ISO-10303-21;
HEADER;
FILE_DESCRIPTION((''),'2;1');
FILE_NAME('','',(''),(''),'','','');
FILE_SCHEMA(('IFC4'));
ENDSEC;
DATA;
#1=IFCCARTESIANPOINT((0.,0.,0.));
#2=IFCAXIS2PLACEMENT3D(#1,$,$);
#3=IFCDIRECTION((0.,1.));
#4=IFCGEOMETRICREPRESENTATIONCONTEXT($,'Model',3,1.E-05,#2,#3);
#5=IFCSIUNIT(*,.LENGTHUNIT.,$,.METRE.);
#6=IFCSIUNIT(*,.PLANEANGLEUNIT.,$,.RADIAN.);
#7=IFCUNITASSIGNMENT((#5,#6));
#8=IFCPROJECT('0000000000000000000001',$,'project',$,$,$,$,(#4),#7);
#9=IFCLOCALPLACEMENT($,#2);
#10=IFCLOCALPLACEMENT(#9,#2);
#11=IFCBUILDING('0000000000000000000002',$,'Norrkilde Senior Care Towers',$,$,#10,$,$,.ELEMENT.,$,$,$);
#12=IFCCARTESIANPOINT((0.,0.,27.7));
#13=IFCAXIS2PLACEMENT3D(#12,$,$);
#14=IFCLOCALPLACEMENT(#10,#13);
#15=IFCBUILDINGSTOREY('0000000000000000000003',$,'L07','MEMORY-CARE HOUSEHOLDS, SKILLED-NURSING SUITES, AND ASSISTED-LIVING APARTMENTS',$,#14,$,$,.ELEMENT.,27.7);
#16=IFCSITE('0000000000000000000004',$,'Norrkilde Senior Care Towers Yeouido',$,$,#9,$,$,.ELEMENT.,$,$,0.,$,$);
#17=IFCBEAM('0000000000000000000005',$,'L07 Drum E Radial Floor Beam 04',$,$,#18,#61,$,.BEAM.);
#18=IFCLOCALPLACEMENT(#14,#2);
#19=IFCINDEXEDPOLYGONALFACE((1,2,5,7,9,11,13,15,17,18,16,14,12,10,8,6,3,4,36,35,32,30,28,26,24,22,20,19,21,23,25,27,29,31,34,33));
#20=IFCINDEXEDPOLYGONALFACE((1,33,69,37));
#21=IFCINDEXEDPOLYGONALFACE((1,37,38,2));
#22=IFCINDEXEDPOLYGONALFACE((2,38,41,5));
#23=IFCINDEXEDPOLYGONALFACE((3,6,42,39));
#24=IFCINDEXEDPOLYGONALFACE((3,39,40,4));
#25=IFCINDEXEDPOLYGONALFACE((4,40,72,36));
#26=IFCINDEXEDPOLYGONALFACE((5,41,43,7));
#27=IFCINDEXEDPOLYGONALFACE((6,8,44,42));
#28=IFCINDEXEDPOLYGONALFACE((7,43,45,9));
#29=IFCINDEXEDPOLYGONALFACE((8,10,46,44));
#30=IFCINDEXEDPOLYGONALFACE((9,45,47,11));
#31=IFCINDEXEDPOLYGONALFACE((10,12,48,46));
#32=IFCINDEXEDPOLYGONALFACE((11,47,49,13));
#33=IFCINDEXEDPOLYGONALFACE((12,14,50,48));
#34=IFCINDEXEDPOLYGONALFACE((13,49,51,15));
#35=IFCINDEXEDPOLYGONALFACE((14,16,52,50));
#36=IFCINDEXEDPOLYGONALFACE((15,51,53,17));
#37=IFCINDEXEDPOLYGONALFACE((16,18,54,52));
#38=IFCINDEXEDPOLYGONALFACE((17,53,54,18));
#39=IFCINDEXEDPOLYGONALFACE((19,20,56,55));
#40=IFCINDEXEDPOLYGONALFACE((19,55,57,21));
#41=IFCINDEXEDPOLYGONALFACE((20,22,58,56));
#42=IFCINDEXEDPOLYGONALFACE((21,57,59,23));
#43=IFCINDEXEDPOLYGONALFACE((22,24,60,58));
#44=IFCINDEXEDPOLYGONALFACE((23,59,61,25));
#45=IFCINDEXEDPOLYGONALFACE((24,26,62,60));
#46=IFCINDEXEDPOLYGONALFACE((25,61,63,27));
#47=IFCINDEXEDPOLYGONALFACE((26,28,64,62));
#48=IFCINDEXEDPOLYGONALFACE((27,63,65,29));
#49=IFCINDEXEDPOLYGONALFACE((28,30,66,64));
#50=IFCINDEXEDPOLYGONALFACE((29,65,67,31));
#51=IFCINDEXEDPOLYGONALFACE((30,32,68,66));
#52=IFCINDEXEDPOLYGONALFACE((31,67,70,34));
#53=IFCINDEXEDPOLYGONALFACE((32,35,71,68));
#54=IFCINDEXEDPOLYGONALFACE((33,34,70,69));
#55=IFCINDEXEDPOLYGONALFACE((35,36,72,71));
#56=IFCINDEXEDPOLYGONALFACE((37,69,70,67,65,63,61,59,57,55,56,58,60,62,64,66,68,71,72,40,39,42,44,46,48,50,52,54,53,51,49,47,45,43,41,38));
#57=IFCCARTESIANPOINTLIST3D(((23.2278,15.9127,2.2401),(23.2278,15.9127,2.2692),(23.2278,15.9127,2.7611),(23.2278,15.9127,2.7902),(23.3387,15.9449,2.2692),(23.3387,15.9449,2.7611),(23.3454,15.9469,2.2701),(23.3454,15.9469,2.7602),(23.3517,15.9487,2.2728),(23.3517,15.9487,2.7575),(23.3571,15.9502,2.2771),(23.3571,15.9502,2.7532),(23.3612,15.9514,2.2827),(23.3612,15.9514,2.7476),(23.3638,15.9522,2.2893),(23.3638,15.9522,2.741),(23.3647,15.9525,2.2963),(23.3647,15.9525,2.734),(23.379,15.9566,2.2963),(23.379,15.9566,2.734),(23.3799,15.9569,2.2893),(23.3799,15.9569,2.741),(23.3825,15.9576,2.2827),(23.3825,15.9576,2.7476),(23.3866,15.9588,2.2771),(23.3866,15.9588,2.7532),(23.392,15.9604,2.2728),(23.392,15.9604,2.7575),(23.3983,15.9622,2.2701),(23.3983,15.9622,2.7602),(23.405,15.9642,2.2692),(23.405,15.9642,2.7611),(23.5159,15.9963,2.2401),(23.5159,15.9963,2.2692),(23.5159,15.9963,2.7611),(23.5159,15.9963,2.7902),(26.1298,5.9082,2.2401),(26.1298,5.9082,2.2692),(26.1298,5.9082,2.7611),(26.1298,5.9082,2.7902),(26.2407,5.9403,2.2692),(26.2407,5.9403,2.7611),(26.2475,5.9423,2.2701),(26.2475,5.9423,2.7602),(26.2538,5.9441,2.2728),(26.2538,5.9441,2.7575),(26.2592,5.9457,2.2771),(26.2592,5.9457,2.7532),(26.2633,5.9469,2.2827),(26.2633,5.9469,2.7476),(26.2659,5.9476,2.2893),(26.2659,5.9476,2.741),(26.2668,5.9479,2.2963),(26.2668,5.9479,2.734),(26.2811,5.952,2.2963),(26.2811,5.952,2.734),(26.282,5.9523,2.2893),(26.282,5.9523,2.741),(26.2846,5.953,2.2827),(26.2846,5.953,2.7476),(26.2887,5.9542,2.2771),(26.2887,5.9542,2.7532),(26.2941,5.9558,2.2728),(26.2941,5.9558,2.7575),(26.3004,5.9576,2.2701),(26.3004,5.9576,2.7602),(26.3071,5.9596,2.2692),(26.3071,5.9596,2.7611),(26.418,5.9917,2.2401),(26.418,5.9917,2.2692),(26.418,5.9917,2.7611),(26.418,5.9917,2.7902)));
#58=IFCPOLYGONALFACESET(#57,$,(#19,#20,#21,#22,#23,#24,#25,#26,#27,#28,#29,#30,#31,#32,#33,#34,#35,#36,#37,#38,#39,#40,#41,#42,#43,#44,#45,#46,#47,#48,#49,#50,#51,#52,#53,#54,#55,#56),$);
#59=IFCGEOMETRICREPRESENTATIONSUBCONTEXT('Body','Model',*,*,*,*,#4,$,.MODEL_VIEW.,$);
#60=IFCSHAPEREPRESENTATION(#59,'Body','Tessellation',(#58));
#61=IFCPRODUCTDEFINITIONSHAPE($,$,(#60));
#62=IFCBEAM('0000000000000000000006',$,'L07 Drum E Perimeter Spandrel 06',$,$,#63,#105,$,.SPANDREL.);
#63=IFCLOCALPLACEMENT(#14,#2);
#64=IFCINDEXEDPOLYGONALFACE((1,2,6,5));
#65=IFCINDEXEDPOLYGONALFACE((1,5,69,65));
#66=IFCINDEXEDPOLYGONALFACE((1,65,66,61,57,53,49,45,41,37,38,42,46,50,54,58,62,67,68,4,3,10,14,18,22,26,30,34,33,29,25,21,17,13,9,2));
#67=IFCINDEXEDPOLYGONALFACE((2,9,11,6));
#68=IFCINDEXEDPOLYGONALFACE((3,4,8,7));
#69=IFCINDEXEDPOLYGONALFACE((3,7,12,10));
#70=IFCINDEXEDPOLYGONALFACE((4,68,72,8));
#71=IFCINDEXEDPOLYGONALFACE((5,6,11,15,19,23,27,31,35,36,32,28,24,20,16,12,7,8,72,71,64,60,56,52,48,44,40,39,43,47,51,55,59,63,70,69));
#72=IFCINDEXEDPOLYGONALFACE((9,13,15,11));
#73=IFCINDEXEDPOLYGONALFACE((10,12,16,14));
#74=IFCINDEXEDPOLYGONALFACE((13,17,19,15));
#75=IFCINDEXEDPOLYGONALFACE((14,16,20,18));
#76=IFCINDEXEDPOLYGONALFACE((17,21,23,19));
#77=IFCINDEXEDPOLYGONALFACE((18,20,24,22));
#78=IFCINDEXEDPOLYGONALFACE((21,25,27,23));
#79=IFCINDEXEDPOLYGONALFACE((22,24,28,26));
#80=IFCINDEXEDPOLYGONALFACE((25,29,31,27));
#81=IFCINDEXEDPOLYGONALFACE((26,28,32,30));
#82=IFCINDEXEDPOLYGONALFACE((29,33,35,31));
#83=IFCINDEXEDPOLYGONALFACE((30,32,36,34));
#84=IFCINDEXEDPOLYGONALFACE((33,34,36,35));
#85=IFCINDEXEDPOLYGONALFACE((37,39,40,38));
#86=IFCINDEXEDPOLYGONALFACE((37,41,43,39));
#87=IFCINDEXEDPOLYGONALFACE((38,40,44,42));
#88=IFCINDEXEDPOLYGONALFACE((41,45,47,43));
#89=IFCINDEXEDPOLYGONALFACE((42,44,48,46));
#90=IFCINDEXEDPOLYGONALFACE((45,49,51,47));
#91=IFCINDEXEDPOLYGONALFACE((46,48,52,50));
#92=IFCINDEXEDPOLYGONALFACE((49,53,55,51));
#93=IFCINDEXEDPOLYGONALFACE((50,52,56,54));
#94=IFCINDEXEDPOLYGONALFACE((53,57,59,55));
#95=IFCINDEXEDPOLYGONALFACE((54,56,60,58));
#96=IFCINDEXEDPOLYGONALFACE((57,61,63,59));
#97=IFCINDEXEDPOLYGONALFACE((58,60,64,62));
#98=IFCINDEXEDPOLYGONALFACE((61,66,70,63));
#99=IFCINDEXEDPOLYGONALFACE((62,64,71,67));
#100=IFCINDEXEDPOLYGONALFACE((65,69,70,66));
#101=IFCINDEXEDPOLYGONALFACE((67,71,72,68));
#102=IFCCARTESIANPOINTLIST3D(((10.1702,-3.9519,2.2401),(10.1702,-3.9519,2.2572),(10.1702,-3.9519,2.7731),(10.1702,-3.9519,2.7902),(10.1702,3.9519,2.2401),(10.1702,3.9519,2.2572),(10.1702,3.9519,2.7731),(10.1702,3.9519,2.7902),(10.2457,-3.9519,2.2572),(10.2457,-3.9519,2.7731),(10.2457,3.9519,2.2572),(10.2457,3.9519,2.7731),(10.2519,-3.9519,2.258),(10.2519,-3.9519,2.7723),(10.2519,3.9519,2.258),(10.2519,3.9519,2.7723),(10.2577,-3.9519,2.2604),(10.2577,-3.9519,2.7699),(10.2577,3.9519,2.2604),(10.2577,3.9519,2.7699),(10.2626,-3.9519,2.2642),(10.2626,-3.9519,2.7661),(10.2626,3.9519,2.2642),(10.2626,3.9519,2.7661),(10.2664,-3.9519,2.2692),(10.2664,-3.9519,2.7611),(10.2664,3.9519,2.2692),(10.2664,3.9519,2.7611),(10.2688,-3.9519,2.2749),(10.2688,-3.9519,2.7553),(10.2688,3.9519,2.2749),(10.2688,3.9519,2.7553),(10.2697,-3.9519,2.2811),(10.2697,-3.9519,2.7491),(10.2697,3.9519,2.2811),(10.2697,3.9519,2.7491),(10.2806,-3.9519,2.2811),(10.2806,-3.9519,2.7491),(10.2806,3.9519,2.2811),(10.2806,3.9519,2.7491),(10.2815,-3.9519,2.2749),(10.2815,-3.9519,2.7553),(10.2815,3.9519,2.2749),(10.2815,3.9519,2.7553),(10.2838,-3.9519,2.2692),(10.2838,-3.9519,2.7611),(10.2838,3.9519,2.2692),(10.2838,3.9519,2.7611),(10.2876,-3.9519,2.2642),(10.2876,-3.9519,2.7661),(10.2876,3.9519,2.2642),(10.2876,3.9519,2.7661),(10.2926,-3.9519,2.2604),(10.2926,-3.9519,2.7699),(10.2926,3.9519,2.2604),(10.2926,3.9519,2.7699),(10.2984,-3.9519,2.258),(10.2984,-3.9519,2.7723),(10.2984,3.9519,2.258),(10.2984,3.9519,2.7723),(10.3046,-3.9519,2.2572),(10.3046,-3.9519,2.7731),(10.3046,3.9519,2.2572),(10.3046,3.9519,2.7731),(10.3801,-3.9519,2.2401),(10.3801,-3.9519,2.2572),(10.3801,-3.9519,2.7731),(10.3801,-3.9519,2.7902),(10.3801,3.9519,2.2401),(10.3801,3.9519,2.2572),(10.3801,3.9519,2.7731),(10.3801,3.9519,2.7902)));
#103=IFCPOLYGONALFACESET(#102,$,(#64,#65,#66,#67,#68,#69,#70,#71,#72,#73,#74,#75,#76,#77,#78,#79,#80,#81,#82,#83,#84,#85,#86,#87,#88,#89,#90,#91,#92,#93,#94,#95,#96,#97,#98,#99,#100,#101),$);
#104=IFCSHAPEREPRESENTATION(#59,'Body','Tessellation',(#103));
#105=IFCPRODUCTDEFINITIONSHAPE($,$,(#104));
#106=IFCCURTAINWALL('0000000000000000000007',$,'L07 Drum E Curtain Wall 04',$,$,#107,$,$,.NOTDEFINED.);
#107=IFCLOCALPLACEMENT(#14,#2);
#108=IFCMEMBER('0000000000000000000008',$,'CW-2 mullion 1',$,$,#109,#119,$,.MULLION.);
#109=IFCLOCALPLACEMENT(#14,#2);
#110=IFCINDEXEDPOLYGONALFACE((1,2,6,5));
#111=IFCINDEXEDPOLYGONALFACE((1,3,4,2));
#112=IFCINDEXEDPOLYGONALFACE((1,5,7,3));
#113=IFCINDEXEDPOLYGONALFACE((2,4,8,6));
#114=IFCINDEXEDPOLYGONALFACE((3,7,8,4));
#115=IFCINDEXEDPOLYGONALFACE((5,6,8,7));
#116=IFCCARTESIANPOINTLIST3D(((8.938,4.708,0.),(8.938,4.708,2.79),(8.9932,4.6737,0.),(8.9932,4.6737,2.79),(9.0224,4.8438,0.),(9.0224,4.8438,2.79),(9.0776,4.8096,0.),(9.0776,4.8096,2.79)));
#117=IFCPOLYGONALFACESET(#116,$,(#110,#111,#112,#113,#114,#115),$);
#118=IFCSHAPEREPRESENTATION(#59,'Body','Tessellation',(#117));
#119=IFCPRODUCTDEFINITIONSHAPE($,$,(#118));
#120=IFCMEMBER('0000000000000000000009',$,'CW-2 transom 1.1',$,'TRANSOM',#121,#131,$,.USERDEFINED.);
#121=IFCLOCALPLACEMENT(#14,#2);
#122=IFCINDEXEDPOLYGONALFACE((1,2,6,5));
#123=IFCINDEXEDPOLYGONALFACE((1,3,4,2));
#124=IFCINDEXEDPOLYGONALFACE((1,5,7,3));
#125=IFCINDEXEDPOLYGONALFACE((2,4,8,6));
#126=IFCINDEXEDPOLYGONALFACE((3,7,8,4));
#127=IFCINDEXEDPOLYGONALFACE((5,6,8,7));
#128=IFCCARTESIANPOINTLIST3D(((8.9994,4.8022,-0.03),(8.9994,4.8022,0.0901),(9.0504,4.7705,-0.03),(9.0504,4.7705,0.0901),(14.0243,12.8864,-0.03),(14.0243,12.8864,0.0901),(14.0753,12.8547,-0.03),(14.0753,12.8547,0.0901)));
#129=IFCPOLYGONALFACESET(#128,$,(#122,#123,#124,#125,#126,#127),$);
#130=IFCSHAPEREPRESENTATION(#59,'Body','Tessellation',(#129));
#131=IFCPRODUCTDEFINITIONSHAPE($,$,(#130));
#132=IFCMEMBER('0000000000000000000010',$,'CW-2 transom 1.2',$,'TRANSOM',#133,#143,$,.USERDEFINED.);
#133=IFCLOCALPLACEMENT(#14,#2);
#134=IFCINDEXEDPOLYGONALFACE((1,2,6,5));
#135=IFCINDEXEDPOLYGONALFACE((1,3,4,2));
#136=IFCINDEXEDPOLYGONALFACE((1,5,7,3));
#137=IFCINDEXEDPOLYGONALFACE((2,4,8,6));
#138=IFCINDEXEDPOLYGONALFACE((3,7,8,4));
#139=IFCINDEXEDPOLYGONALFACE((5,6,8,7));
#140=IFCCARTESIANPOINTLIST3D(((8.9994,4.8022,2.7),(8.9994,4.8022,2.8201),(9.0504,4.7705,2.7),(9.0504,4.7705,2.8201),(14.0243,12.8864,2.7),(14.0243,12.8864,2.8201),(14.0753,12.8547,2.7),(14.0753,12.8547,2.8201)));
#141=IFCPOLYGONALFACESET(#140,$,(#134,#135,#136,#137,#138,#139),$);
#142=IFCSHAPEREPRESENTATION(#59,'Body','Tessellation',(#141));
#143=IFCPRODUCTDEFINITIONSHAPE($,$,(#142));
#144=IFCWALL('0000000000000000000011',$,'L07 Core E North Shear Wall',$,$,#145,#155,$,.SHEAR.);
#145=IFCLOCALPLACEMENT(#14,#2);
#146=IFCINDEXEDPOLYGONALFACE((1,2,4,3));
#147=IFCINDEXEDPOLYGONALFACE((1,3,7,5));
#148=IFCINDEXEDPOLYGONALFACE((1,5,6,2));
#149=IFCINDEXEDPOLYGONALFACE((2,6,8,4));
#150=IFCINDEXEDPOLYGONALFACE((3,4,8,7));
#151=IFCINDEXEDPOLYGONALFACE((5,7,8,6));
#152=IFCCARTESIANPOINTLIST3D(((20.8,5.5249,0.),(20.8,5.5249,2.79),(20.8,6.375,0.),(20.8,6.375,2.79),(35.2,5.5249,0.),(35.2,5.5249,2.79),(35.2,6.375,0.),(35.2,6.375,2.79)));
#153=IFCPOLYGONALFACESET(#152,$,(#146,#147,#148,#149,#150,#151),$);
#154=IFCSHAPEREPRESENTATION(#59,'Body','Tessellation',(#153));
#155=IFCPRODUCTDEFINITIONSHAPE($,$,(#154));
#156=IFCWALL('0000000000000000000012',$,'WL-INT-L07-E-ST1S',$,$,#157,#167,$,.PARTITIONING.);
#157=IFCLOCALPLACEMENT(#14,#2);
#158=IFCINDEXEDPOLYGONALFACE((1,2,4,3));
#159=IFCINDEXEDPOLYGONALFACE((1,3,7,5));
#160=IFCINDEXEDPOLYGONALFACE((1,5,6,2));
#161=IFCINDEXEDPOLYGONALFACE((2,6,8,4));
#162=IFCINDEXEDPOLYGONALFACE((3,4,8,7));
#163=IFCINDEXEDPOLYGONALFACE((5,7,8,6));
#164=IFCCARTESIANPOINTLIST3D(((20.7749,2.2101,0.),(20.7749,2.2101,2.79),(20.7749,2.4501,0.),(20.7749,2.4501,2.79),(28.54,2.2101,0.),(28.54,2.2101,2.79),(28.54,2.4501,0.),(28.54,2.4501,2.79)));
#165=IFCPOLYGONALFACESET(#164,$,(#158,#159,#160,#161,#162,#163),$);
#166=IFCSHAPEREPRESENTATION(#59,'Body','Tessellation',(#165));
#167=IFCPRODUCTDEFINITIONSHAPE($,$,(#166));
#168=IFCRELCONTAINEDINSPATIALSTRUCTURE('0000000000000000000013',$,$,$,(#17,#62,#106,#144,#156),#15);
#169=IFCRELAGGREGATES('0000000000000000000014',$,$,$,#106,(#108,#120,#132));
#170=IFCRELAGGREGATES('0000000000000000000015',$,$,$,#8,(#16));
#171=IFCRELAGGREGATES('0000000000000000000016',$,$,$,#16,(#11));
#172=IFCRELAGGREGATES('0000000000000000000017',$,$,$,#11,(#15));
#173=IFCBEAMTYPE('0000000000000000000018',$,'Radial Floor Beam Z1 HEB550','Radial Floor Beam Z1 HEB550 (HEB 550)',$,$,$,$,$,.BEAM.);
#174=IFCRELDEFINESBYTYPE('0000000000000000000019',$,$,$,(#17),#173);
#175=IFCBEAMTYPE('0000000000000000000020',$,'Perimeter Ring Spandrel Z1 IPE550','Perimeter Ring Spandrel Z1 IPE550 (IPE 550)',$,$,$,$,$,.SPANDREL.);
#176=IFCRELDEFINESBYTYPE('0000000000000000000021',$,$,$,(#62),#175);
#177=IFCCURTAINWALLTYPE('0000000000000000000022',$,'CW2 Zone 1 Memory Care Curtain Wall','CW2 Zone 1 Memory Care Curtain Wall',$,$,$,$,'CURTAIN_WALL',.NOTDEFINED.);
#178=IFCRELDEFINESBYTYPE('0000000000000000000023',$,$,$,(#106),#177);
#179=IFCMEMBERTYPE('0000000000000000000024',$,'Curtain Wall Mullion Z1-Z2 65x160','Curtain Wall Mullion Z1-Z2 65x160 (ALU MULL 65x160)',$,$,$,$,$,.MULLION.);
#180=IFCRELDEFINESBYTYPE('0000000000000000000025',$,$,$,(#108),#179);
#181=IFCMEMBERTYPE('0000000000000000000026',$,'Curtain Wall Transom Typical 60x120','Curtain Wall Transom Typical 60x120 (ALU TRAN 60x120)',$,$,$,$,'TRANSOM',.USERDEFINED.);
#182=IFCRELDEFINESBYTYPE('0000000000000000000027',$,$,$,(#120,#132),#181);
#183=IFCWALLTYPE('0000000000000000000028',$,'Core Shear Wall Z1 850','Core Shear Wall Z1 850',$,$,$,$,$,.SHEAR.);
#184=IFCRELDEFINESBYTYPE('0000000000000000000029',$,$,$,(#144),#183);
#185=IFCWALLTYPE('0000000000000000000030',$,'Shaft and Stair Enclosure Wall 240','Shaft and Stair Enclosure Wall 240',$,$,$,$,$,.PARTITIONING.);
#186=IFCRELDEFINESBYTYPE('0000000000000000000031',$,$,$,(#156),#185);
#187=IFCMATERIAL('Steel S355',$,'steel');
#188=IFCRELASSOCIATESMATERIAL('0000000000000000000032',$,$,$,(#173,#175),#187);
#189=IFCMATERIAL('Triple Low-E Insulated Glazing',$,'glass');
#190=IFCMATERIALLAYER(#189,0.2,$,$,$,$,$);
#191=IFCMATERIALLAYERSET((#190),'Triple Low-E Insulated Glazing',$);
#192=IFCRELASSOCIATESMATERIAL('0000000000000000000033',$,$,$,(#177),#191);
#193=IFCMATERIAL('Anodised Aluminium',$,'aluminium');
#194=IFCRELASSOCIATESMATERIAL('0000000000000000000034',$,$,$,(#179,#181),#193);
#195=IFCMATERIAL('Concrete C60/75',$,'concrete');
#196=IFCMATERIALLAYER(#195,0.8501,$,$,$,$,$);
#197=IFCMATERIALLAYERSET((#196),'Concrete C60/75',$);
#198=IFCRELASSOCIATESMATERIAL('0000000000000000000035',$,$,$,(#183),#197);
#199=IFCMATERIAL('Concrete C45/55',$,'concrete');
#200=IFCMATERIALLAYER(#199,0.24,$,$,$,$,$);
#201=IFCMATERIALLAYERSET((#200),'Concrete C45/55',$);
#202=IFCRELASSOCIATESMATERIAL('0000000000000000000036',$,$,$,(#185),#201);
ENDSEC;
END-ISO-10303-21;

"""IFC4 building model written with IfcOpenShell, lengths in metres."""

from ifc_helpers import new_model, si_unit, direction, frame, frame_2d, origin, origin_2d, place, context, subcontext, project, spatial, rectangle, i_section, extrude, source, transform, mapped, material, layer, layer_set, material_profile, profile_set, type_object, type_shapes, element, aggregate, save


model = new_model("IFC4")

# Units and contexts
model_context = context("Model", 3, precision=1e-05, world=origin(), true_north=direction((0.0, 1.0)))
body_context = subcontext(model_context, "Body", "Model", "MODEL_VIEW")
ifc_project = project(units=[si_unit("LENGTHUNIT", "METRE"), si_unit("PLANEANGLEUNIT", "RADIAN")], contexts=[model_context])

# Site, building, storey
site_placement = place(None, origin())
site = spatial("IfcSite", under=ifc_project, at=site_placement, Name="Norrkilde Senior Care Towers Yeouido", CompositionType="ELEMENT", RefElevation=0.0)
building_placement = place(site_placement, origin())
building = spatial("IfcBuilding", under=site, at=building_placement, Name="Norrkilde Senior Care Towers", CompositionType="ELEMENT")
storey_placement = place(building_placement, frame((0.0, 0.0, 27.7)))
storey = spatial("IfcBuildingStorey", under=building, at=storey_placement, Name="L07", Description="MEMORY-CARE HOUSEHOLDS, SKILLED-NURSING SUITES, AND ASSISTED-LIVING APARTMENTS", CompositionType="ELEMENT", Elevation=27.7)

# Shared definitions
ifc_material_1 = material(Name="Concrete C60/75", Category="concrete")

# Beams
ifc_material_2 = material(Name="Steel S355", Category="steel")
ifc_material_profile_1 = material_profile(ifc_material_2, i_section(OverallWidth=0.3, OverallDepth=0.55, WebThickness=0.0149, FlangeThickness=0.0291, FilletRadius=0.0271, at=origin_2d()), Name="HEB 550")
ifc_profile_set_1 = profile_set([ifc_material_profile_1], Name="Steel S355")
beam_type_1 = type_object("IfcBeamType", Name="Radial Floor Beam Z1 HEB550", Description="Radial Floor Beam Z1 HEB550 (HEB 550)", PredefinedType="BEAM", material=ifc_profile_set_1)
shared_shape_1 = source(origin(), body_context, "Body", "SweptSolid", [
    extrude(i_section(OverallWidth=0.3, OverallDepth=0.55, WebThickness=0.0149, FlangeThickness=0.0291, FilletRadius=0.0271, at=origin_2d()), origin(), (0.0, 0.0, 1.0), 10.417),
])
beam_1_placement = place(storey_placement, frame((26.2739, 5.95, 2.5151), z_axis=(-0.278591, 0.96041, 0.0), x_axis=(-0.96041, -0.278591, 0.0)))
element("IfcBeam", 1, at=beam_1_placement, inside=storey, type_object=beam_type_1, Name="L07 Drum E Radial Floor Beam 04", PredefinedType="BEAM", context=body_context, shape_type="MappedRepresentation", body=[
    mapped(shared_shape_1, transform((0.0, 0.0, 0.0), x_axis=(1.0, 0.0, 0.0), y_axis=(0.0, 1.0, 0.0), z_axis=(0.0, 0.0, 1.0), scale=1.0)),
])
ifc_material_profile_2 = material_profile(ifc_material_2, i_section(OverallWidth=0.21, OverallDepth=0.55, WebThickness=0.011, FlangeThickness=0.0171, FilletRadius=0.0239, at=origin_2d()), Name="IPE 550")
ifc_profile_set_2 = profile_set([ifc_material_profile_2], Name="Steel S355")
beam_type_2 = type_object("IfcBeamType", Name="Perimeter Ring Spandrel Z1 IPE550", Description="Perimeter Ring Spandrel Z1 IPE550 (IPE 550)", PredefinedType="SPANDREL", material=ifc_profile_set_2)
shared_shape_2 = source(origin(), body_context, "Body", "SweptSolid", [
    extrude(i_section(OverallWidth=0.21, OverallDepth=0.55, WebThickness=0.011, FlangeThickness=0.0171, FilletRadius=0.0239, at=origin_2d()), origin(), (0.0, 0.0, 1.0), 7.9038),
])
type_shapes(beam_type_2, [shared_shape_2])
beam_2_placement = place(storey_placement, frame((10.2751, 3.9519, 2.5151), z_axis=(0.0, -1.0, 0.0), x_axis=(1.0, 0.0, 0.0)))
element("IfcBeam", 2, at=beam_2_placement, inside=storey, type_object=beam_type_2, Name="L07 Drum E Perimeter Spandrel 06", PredefinedType="SPANDREL", context=body_context, shape_type="MappedRepresentation", body=[
    mapped(shared_shape_2, transform((0.0, 0.0, 0.0), x_axis=(1.0, 0.0, 0.0), y_axis=(0.0, 1.0, 0.0), z_axis=(0.0, 0.0, 1.0), scale=1.0)),
])

# Curtain wall, members
ifc_material_3 = material(Name="Triple Low-E Insulated Glazing", Category="glass")
ifc_layer_1 = layer(ifc_material_3, 0.2)
ifc_layer_set_1 = layer_set([ifc_layer_1], Name="Triple Low-E Insulated Glazing")
curtain_wall_type = type_object("IfcCurtainWallType", Name="CW2 Zone 1 Memory Care Curtain Wall", Description="CW2 Zone 1 Memory Care Curtain Wall", ElementType="CURTAIN_WALL", PredefinedType="NOTDEFINED", material=ifc_layer_set_1)
curtain_wall_placement = place(storey_placement, origin())
curtain_wall = element("IfcCurtainWall", 3, at=curtain_wall_placement, inside=storey, type_object=curtain_wall_type, Name="L07 Drum E Curtain Wall 04", PredefinedType="NOTDEFINED")
ifc_material_4 = material(Name="Anodised Aluminium", Category="aluminium")
ifc_material_profile_3 = material_profile(ifc_material_4, rectangle(XDim=0.0649, YDim=0.1599, at=origin_2d()), Name="ALU MULL 65x160")
ifc_profile_set_3 = profile_set([ifc_material_profile_3], Name="Anodised Aluminium")
member_type_1 = type_object("IfcMemberType", Name="Curtain Wall Mullion Z1-Z2 65x160", Description="Curtain Wall Mullion Z1-Z2 65x160 (ALU MULL 65x160)", PredefinedType="MULLION", material=ifc_profile_set_3)
shared_shape_3 = source(origin(), body_context, "Body", "SweptSolid", [
    extrude(rectangle(XDim=0.0649, YDim=0.1599, at=origin_2d()), origin(), (0.0, 0.0, 1.0), 2.79),
])
type_shapes(member_type_1, [shared_shape_3])
member_1_placement = place(storey_placement, frame((9.0078, 4.7588, 0.0), z_axis=(0.0, 0.0, 1.0), x_axis=(-0.849306, 0.527901, 0.0)))
member_1 = element("IfcMember", 4, at=member_1_placement, type_object=member_type_1, Name="CW-2 mullion 1", PredefinedType="MULLION", context=body_context, shape_type="MappedRepresentation", body=[
    mapped(shared_shape_3, transform((0.0, 0.0, 0.0), x_axis=(1.0, 0.0, 0.0), y_axis=(0.0, 1.0, 0.0), z_axis=(0.0, 0.0, 1.0), scale=1.0)),
])
ifc_material_profile_4 = material_profile(ifc_material_4, rectangle(XDim=0.0601, YDim=0.1201, at=origin_2d()), Name="ALU TRAN 60x120")
ifc_profile_set_4 = profile_set([ifc_material_profile_4], Name="Anodised Aluminium")
member_type_2 = type_object("IfcMemberType", Name="Curtain Wall Transom Typical 60x120", Description="Curtain Wall Transom Typical 60x120 (ALU TRAN 60x120)", ElementType="TRANSOM", PredefinedType="USERDEFINED", material=ifc_profile_set_4)
shared_shape_4 = source(origin(), body_context, "Body", "SweptSolid", [
    extrude(rectangle(XDim=0.0601, YDim=0.1201, at=origin_2d()), origin(), (0.0, 0.0, 1.0), 9.5186),
])
type_shapes(member_type_2, [shared_shape_4])
member_2_placement = place(storey_placement, frame((9.0249, 4.7864, 0.03), z_axis=(0.527902, 0.849306, 0.0), x_axis=(-0.849306, 0.527902, 0.0)))
member_2 = element("IfcMember", 5, at=member_2_placement, type_object=member_type_2, Name="CW-2 transom 1.1", ObjectType="TRANSOM", PredefinedType="USERDEFINED", context=body_context, shape_type="MappedRepresentation", body=[
    mapped(shared_shape_4, transform((0.0, 0.0, 0.0), x_axis=(1.0, 0.0, 0.0), y_axis=(0.0, 1.0, 0.0), z_axis=(0.0, 0.0, 1.0), scale=1.0)),
])
member_3_placement = place(storey_placement, frame((9.0249, 4.7864, 2.76), z_axis=(0.527902, 0.849306, 0.0), x_axis=(-0.849306, 0.527902, 0.0)))
member_3 = element("IfcMember", 6, at=member_3_placement, type_object=member_type_2, Name="CW-2 transom 1.2", ObjectType="TRANSOM", PredefinedType="USERDEFINED", context=body_context, shape_type="MappedRepresentation", body=[
    mapped(shared_shape_4, transform((0.0, 0.0, 0.0), x_axis=(1.0, 0.0, 0.0), y_axis=(0.0, 1.0, 0.0), z_axis=(0.0, 0.0, 1.0), scale=1.0)),
])
aggregate(curtain_wall, [member_1, member_2, member_3])

# Walls
ifc_layer_2 = layer(ifc_material_1, 0.8501)
ifc_layer_set_2 = layer_set([ifc_layer_2], Name="Concrete C60/75")
wall_type_1 = type_object("IfcWallType", Name="Core Shear Wall Z1 850", Description="Core Shear Wall Z1 850", PredefinedType="SHEAR", material=ifc_layer_set_2)
shared_shape_5 = source(origin(), body_context, "Body", "SweptSolid", [
    extrude(rectangle(XDim=14.3999, YDim=0.8501, at=frame_2d((7.2, 0.0))), origin(), (0.0, 0.0, 1.0), 2.79),
])
type_shapes(wall_type_1, [shared_shape_5])
wall_1_placement = place(storey_placement, frame((20.8, 5.95, 0.0), z_axis=(0.0, 0.0, 1.0), x_axis=(1.0, 0.0, 0.0)))
element("IfcWall", 7, at=wall_1_placement, inside=storey, type_object=wall_type_1, Name="L07 Core E North Shear Wall", PredefinedType="SHEAR", context=body_context, shape_type="MappedRepresentation", body=[
    mapped(shared_shape_5, transform((0.0, 0.0, 0.0), x_axis=(1.0, 0.0, 0.0), y_axis=(0.0, 1.0, 0.0), z_axis=(0.0, 0.0, 1.0), scale=1.0)),
])
ifc_material_5 = material(Name="Concrete C45/55", Category="concrete")
ifc_layer_3 = layer(ifc_material_5, 0.24)
ifc_layer_set_3 = layer_set([ifc_layer_3], Name="Concrete C45/55")
wall_type_2 = type_object("IfcWallType", Name="Shaft and Stair Enclosure Wall 240", Description="Shaft and Stair Enclosure Wall 240", PredefinedType="PARTITIONING", material=ifc_layer_set_3)
shared_shape_6 = source(origin(), body_context, "Body", "SweptSolid", [
    extrude(rectangle(XDim=7.7651, YDim=0.24, at=frame_2d((3.8826, 0.0))), origin(), (0.0, 0.0, 1.0), 2.79),
])
wall_2_placement = place(storey_placement, frame((20.7749, 2.3301, 0.0), z_axis=(0.0, 0.0, 1.0), x_axis=(1.0, 0.0, 0.0)))
element("IfcWall", 8, at=wall_2_placement, inside=storey, type_object=wall_type_2, Name="WL-INT-L07-E-ST1S", PredefinedType="PARTITIONING", context=body_context, shape_type="MappedRepresentation", body=[
    mapped(shared_shape_6, transform((0.0, 0.0, 0.0), x_axis=(1.0, 0.0, 0.0), y_axis=(0.0, 1.0, 0.0), z_axis=(0.0, 0.0, 1.0), scale=1.0)),
])

save(model, "model.ifc")
